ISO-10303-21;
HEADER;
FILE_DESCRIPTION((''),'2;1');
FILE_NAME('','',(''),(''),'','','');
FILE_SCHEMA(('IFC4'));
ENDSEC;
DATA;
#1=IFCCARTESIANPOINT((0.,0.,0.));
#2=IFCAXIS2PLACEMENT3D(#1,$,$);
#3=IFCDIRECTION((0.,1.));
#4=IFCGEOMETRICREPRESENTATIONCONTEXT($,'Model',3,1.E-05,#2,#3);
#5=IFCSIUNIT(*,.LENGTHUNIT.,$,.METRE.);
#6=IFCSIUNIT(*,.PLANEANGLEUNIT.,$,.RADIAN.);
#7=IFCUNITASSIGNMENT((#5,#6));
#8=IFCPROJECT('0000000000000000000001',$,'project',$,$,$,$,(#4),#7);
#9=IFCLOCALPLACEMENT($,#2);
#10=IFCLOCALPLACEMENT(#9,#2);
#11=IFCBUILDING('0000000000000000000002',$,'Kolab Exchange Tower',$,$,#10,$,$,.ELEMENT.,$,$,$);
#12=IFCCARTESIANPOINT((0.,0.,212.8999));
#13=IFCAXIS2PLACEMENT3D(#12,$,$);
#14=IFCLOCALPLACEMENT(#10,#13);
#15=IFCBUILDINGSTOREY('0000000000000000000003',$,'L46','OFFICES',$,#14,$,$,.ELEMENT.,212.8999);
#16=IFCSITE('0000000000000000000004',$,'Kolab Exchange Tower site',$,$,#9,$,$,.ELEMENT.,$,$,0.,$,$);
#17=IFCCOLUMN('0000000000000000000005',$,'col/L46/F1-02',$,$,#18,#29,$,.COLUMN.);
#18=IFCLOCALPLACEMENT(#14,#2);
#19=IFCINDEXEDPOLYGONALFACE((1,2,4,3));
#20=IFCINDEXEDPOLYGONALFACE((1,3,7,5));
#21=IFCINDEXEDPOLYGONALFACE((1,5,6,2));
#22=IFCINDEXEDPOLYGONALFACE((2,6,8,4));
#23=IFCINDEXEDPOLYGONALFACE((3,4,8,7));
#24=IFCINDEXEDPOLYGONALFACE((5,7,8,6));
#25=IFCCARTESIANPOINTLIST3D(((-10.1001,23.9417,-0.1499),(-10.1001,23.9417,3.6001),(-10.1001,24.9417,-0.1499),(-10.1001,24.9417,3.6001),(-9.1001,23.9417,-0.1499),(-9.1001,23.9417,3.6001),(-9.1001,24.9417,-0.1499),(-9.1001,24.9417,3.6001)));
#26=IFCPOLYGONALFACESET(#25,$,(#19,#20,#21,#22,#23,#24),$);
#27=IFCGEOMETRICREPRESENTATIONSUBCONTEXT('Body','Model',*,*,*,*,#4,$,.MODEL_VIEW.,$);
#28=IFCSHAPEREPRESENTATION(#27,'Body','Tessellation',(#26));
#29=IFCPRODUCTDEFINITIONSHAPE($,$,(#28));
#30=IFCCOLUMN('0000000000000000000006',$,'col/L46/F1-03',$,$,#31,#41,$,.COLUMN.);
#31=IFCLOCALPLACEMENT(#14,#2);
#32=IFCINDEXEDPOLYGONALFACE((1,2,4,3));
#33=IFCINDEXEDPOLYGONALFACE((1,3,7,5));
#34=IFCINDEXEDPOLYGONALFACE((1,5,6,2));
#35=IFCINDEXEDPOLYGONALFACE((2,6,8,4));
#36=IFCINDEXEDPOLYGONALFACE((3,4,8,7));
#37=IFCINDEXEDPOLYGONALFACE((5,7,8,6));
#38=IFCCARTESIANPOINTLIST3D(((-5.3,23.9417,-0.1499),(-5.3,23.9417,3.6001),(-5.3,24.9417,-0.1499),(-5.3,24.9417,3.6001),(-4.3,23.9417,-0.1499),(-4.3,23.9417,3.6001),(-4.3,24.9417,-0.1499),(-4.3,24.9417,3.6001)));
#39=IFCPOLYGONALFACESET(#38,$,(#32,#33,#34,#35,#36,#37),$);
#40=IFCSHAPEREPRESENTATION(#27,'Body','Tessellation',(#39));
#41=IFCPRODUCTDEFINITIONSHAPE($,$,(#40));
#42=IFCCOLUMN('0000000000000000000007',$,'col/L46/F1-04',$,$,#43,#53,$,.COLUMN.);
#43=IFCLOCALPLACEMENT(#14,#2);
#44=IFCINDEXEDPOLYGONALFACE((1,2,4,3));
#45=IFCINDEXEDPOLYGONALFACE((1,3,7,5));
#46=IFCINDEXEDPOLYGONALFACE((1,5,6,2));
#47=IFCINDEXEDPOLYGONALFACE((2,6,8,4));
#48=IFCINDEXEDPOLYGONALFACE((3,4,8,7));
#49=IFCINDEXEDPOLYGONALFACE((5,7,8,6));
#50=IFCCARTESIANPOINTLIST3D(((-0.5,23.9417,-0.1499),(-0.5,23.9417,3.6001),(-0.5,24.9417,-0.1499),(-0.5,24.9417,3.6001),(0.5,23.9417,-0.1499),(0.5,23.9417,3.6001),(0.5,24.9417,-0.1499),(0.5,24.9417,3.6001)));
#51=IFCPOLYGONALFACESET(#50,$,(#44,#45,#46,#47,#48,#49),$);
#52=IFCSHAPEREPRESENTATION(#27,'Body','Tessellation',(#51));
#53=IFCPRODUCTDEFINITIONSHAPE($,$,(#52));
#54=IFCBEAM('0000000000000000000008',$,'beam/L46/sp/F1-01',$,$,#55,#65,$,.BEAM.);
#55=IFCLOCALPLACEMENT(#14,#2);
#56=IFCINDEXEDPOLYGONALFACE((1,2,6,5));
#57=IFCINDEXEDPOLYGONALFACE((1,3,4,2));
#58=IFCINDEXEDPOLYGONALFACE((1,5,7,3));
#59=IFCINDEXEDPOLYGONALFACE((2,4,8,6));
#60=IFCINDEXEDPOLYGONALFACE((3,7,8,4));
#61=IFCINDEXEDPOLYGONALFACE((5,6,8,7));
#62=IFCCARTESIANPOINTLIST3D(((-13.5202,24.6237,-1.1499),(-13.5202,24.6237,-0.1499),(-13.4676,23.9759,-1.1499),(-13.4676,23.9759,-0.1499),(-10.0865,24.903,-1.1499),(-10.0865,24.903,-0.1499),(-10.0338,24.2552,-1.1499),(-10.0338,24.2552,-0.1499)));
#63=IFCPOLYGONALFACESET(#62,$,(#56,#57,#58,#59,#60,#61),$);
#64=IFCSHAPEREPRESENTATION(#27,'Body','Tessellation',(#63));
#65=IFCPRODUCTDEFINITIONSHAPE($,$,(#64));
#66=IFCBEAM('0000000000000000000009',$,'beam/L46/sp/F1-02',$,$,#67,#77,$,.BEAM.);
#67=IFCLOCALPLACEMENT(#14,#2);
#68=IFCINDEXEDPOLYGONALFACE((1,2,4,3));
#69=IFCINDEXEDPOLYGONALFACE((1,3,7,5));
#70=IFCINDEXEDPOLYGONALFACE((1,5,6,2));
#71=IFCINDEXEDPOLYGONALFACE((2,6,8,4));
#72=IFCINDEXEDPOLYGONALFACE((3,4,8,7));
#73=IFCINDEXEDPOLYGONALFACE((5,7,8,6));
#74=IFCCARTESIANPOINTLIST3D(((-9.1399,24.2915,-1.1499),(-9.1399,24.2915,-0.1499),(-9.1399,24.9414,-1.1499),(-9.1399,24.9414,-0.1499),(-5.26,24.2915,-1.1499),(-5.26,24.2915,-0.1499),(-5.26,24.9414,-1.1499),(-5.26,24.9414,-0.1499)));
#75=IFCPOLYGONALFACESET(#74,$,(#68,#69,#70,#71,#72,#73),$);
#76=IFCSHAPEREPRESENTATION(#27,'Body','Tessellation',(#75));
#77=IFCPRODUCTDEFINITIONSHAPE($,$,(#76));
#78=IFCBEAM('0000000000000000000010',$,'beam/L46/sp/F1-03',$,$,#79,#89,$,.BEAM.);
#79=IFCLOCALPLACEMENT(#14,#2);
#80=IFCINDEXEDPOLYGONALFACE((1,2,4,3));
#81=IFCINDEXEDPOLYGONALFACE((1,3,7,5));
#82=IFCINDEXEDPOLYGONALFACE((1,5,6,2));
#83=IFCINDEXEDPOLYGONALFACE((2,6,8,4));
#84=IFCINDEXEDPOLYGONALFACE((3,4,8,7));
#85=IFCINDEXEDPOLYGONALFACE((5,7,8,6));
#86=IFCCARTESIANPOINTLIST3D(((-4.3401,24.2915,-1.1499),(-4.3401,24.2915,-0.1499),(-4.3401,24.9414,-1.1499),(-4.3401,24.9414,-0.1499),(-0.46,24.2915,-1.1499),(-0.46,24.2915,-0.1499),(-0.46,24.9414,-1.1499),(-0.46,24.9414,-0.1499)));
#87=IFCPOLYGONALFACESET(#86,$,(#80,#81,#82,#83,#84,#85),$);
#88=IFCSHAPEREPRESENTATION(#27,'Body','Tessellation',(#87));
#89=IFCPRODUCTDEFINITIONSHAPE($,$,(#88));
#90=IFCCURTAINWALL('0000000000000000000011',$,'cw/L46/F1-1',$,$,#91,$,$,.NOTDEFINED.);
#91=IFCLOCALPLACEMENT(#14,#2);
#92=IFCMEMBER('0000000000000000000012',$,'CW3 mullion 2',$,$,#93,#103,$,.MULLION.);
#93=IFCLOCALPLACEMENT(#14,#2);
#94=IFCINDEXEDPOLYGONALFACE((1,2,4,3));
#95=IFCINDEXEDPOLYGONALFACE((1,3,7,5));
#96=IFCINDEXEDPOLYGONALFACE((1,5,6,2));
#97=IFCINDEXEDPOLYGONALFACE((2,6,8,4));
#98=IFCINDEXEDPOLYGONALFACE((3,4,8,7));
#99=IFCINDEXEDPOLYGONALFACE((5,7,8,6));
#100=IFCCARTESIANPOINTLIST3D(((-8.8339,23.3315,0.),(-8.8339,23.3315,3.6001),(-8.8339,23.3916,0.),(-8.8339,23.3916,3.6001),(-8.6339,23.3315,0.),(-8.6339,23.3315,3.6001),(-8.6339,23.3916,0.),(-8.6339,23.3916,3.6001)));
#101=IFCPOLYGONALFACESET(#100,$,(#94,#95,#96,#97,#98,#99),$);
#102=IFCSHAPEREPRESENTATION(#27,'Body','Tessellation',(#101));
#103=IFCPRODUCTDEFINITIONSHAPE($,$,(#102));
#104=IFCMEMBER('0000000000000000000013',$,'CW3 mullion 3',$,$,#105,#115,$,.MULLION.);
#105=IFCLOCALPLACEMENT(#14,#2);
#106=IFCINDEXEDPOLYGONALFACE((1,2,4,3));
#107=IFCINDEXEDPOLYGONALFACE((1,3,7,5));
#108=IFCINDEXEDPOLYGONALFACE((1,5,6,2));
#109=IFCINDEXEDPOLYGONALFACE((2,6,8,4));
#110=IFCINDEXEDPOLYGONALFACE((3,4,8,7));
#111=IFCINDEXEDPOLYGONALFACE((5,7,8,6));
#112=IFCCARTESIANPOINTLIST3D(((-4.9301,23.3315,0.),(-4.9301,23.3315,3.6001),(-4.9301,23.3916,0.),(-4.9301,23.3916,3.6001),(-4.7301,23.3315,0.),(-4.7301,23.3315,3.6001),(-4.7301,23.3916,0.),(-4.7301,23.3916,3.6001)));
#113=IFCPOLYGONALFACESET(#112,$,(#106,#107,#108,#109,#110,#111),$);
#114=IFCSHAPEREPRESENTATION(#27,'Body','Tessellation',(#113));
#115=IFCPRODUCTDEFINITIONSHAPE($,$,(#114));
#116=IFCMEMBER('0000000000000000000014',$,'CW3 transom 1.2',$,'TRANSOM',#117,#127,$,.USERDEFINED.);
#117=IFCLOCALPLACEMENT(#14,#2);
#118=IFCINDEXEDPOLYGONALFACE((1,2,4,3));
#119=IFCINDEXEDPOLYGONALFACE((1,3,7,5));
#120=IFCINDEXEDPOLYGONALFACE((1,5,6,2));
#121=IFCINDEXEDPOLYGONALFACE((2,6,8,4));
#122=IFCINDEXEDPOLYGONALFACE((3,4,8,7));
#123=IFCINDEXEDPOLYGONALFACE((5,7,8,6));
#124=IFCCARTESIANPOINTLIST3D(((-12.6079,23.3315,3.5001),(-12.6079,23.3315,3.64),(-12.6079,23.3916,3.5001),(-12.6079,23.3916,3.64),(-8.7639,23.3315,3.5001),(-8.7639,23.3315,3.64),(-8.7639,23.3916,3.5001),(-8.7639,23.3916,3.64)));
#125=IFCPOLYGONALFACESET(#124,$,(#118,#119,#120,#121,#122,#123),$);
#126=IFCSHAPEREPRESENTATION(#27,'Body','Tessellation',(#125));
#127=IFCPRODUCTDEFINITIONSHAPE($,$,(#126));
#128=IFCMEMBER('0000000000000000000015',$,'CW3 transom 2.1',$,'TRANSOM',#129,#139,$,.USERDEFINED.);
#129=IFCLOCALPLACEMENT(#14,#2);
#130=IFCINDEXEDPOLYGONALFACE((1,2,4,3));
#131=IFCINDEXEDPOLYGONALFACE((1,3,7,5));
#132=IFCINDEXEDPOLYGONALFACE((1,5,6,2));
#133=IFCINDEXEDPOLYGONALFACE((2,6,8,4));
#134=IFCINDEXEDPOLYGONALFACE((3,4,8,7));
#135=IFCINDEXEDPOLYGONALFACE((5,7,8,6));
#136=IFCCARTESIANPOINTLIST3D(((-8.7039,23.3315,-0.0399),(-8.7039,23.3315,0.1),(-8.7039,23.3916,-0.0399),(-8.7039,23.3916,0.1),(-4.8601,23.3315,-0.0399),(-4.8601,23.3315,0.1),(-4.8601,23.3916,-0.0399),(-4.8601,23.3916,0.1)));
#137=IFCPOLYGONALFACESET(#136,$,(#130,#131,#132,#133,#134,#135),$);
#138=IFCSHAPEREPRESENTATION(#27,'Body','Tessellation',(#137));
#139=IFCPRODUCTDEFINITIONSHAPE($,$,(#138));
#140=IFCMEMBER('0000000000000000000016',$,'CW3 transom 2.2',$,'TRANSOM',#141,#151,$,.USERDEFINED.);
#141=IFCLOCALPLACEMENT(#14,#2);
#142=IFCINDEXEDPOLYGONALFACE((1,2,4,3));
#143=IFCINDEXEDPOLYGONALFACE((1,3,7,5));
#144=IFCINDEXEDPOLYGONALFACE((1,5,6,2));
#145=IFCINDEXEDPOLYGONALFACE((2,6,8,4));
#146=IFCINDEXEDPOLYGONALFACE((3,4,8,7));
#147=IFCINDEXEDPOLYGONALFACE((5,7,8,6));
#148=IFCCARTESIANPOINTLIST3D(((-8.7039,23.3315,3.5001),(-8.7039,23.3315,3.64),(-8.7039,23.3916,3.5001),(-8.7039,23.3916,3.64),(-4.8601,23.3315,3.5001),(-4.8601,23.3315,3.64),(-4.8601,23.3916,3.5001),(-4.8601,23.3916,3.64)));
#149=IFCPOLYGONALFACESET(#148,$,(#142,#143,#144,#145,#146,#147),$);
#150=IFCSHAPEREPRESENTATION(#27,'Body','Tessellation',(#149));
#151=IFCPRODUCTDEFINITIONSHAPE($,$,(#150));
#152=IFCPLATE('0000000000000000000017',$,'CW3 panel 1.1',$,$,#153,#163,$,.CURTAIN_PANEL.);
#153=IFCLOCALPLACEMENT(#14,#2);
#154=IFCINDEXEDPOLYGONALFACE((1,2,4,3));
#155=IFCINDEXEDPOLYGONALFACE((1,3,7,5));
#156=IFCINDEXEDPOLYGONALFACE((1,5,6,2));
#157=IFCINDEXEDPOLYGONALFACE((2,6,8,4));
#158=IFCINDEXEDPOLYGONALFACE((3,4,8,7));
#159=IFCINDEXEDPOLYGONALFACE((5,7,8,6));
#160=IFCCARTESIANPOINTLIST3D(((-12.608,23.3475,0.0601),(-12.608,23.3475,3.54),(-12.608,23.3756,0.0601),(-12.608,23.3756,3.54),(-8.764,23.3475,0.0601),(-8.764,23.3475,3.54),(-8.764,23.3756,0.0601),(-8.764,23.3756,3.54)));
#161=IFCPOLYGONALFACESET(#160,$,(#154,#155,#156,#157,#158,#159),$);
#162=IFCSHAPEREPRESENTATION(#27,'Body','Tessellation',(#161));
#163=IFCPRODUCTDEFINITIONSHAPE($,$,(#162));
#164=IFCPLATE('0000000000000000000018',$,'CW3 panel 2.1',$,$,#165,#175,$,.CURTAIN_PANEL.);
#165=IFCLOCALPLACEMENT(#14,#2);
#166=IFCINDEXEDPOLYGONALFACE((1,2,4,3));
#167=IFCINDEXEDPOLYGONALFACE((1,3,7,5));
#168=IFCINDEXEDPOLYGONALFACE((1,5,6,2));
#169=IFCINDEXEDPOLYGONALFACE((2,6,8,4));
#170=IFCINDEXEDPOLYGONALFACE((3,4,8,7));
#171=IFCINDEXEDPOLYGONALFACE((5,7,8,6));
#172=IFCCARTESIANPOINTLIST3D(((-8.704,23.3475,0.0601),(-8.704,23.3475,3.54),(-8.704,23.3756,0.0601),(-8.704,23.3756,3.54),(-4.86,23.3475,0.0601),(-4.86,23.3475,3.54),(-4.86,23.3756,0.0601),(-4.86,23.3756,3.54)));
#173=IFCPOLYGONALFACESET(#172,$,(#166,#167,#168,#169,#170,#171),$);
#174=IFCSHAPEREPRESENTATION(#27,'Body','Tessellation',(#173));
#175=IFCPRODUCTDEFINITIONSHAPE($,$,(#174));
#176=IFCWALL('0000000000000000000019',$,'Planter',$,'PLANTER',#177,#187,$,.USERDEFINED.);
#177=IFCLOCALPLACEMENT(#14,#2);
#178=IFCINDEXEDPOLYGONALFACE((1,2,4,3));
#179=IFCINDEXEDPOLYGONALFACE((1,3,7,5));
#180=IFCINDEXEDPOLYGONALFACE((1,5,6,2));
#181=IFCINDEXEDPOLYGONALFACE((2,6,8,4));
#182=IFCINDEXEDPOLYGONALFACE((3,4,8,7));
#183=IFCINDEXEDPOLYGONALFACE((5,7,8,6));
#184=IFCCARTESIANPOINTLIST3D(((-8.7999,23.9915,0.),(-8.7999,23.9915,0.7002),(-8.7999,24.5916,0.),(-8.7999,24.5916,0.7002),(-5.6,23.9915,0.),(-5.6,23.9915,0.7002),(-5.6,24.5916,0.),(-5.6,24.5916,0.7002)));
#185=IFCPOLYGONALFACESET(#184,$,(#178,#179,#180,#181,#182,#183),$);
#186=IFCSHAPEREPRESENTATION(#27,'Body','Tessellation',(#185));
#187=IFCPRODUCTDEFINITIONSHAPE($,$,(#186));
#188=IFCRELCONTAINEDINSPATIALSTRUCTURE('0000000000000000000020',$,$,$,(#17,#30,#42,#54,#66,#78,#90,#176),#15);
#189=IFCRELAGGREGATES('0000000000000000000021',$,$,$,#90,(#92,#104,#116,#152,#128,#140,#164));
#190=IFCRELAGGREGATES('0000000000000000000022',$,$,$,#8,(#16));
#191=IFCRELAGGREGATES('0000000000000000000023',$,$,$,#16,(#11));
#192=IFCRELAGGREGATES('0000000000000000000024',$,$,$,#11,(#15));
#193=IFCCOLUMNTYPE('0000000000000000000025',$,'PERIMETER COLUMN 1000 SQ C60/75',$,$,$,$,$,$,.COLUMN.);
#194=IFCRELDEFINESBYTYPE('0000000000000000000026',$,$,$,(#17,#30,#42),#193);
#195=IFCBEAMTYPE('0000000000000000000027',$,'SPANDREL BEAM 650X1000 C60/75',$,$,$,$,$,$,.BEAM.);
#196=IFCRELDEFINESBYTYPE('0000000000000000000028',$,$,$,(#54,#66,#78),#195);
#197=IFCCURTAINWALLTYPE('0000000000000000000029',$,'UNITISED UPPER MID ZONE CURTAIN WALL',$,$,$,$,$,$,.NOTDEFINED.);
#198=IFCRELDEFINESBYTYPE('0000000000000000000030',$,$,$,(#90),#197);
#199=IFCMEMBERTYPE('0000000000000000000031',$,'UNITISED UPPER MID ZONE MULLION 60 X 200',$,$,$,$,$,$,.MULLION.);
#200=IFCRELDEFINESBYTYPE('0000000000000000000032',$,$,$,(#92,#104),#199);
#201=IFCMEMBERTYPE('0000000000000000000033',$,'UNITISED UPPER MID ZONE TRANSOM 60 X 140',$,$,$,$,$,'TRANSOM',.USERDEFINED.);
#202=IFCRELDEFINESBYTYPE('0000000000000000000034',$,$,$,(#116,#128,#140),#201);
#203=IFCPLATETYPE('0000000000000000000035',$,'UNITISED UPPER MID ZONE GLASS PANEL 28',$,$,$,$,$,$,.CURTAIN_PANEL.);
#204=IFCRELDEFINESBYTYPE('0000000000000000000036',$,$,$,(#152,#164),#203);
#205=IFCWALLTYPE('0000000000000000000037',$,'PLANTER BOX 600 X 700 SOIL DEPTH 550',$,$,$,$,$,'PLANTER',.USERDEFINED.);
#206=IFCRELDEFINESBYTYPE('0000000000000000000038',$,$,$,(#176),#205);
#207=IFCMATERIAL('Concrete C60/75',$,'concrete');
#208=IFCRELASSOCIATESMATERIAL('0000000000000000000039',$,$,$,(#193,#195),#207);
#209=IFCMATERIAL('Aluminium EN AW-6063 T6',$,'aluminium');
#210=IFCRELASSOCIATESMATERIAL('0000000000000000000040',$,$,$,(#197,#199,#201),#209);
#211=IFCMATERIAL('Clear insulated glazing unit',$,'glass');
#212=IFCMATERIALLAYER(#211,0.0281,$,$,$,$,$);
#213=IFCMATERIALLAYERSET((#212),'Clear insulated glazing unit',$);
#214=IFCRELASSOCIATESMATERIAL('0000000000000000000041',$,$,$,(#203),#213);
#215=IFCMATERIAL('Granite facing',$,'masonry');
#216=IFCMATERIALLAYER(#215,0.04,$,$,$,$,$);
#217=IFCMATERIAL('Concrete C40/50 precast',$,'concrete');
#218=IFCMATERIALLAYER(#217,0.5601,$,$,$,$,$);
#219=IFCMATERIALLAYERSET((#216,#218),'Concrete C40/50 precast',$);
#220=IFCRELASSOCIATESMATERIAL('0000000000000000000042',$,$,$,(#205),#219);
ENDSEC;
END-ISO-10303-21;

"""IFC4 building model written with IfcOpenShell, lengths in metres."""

from ifc_helpers import new_model, si_unit, direction, frame, frame_2d, origin, origin_2d, place, context, subcontext, project, spatial, rectangle, extrude, material, layer, layer_set, material_profile, profile_set, type_object, element, aggregate, save


model = new_model("IFC4")

# Units and contexts
model_context = context("Model", 3, precision=1e-05, world=origin(), true_north=direction((0.0, 1.0)))
body_context = subcontext(model_context, "Body", "Model", "MODEL_VIEW")
ifc_project = project(units=[si_unit("LENGTHUNIT", "METRE"), si_unit("PLANEANGLEUNIT", "RADIAN")], contexts=[model_context])

# Site, building, storey
site_placement = place(None, origin())
site = spatial("IfcSite", under=ifc_project, at=site_placement, Name="Kolab Exchange Tower site", CompositionType="ELEMENT", RefElevation=0.0)
building_placement = place(site_placement, origin())
building = spatial("IfcBuilding", under=site, at=building_placement, Name="Kolab Exchange Tower", CompositionType="ELEMENT")
storey_placement = place(building_placement, frame((0.0, 0.0, 212.8999)))
storey = spatial("IfcBuildingStorey", under=building, at=storey_placement, Name="L46", Description="OFFICES", CompositionType="ELEMENT", Elevation=212.8999)

# Columns
ifc_material_1 = material(Name="Concrete C60/75", Category="concrete")
ifc_material_profile_1 = material_profile(ifc_material_1, rectangle(XDim=1.0, YDim=1.0, at=origin_2d()), Name="RC1000")
ifc_profile_set_1 = profile_set([ifc_material_profile_1], Name="Concrete C60/75")
column_type = type_object("IfcColumnType", Name="PERIMETER COLUMN 1000 SQ C60/75", PredefinedType="COLUMN", material=ifc_profile_set_1)
for number, where, z_axis, x_axis, name in (
    (1, (-9.6001, 24.4417, -0.1499), (0.0, 0.0, 1.0), (1.0, 0.0, 0.0), "col/L46/F1-02"),
    (2, (-4.8, 24.4417, -0.1499), (0.0, 0.0, 1.0), (1.0, 0.0, 0.0), "col/L46/F1-03"),
    (3, (0.0, 24.4417, -0.1499), (0.0, 0.0, 1.0), (1.0, 0.0, 0.0), "col/L46/F1-04"),
):
    element("IfcColumn", number, at=place(storey_placement, frame(where, z_axis=z_axis, x_axis=x_axis)), inside=storey, type_object=column_type, Name=name, PredefinedType="COLUMN", context=body_context, shape_type="SweptSolid", body=[
        extrude(rectangle(XDim=1.0, YDim=1.0, at=origin_2d()), origin(), (0.0, 0.0, 1.0), 3.75),
    ])

# Beams
ifc_material_profile_2 = material_profile(ifc_material_1, rectangle(XDim=0.6499, YDim=1.0, at=origin_2d()), Name="RC650X1000")
ifc_profile_set_2 = profile_set([ifc_material_profile_2], Name="Concrete C60/75")
beam_type = type_object("IfcBeamType", Name="SPANDREL BEAM 650X1000 C60/75", PredefinedType="BEAM", material=ifc_profile_set_2)
beam_1_placement = place(storey_placement, frame((-13.4939, 24.2998, -0.6499), z_axis=(0.996708, 0.081069, 0.0), x_axis=(-0.081069, 0.996708, 0.0)))
element("IfcBeam", 4, at=beam_1_placement, inside=storey, type_object=beam_type, Name="beam/L46/sp/F1-01", PredefinedType="BEAM", context=body_context, shape_type="SweptSolid", body=[
    extrude(rectangle(XDim=0.6499, YDim=1.0, at=origin_2d()), origin(), (0.0, 0.0, 1.0), 3.4451),
])
beam_2_placement = place(storey_placement, frame((-9.1399, 24.6165, -0.6499), z_axis=(1.0, 0.0, 0.0), x_axis=(0.0, 1.0, 0.0)))
element("IfcBeam", 5, at=beam_2_placement, inside=storey, type_object=beam_type, Name="beam/L46/sp/F1-02", PredefinedType="BEAM", context=body_context, shape_type="SweptSolid", body=[
    extrude(rectangle(XDim=0.6499, YDim=1.0, at=origin_2d()), origin(), (0.0, 0.0, 1.0), 3.8799),
])
beam_3_placement = place(storey_placement, frame((-4.3401, 24.6165, -0.6499), z_axis=(1.0, 0.0, 0.0), x_axis=(0.0, 1.0, 0.0)))
element("IfcBeam", 6, at=beam_3_placement, inside=storey, type_object=beam_type, Name="beam/L46/sp/F1-03", PredefinedType="BEAM", context=body_context, shape_type="SweptSolid", body=[
    extrude(rectangle(XDim=0.6499, YDim=1.0, at=origin_2d()), origin(), (0.0, 0.0, 1.0), 3.8801),
])

# Curtain wall, members, plates
ifc_material_2 = material(Name="Aluminium EN AW-6063 T6", Category="aluminium")
curtain_wall_type = type_object("IfcCurtainWallType", Name="UNITISED UPPER MID ZONE CURTAIN WALL", PredefinedType="NOTDEFINED", material=ifc_material_2)
curtain_wall_placement = place(storey_placement, origin())
curtain_wall = element("IfcCurtainWall", 7, at=curtain_wall_placement, inside=storey, type_object=curtain_wall_type, Name="cw/L46/F1-1", PredefinedType="NOTDEFINED")
ifc_material_profile_3 = material_profile(ifc_material_2, rectangle(XDim=0.0601, YDim=0.2, at=origin_2d()), Name="RECT 60X200")
ifc_profile_set_3 = profile_set([ifc_material_profile_3], Name="Aluminium EN AW-6063 T6")
member_type_1 = type_object("IfcMemberType", Name="UNITISED UPPER MID ZONE MULLION 60 X 200", PredefinedType="MULLION", material=ifc_profile_set_3)
member_1_placement = place(storey_placement, frame((-8.7339, 23.3616, 0.0), z_axis=(0.0, 0.0, 1.0), x_axis=(0.0, 1.0, 0.0)))
member_1 = element("IfcMember", 8, at=member_1_placement, type_object=member_type_1, Name="CW3 mullion 2", PredefinedType="MULLION", context=body_context, shape_type="SweptSolid", body=[
    extrude(rectangle(XDim=0.0601, YDim=0.2, at=origin_2d()), origin(), (0.0, 0.0, 1.0), 3.6001),
])
member_2_placement = place(storey_placement, frame((-4.8301, 23.3616, 0.0), z_axis=(0.0, 0.0, 1.0), x_axis=(0.0, 1.0, 0.0)))
member_2 = element("IfcMember", 9, at=member_2_placement, type_object=member_type_1, Name="CW3 mullion 3", PredefinedType="MULLION", context=body_context, shape_type="SweptSolid", body=[
    extrude(rectangle(XDim=0.0601, YDim=0.2, at=origin_2d()), origin(), (0.0, 0.0, 1.0), 3.6001),
])
ifc_material_profile_4 = material_profile(ifc_material_2, rectangle(XDim=0.0601, YDim=0.1399, at=origin_2d()), Name="RECT 60X140")
ifc_profile_set_4 = profile_set([ifc_material_profile_4], Name="Aluminium EN AW-6063 T6")
member_type_2 = type_object("IfcMemberType", Name="UNITISED UPPER MID ZONE TRANSOM 60 X 140", ElementType="TRANSOM", PredefinedType="USERDEFINED", material=ifc_profile_set_4)
member_3_placement = place(storey_placement, frame((-12.6079, 23.3616, 3.5701), z_axis=(1.0, 0.0, 0.0), x_axis=(0.0, 1.0, 0.0)))
member_3 = element("IfcMember", 10, at=member_3_placement, type_object=member_type_2, Name="CW3 transom 1.2", ObjectType="TRANSOM", PredefinedType="USERDEFINED", context=body_context, shape_type="SweptSolid", body=[
    extrude(rectangle(XDim=0.0601, YDim=0.1399, at=origin_2d()), origin(), (0.0, 0.0, 1.0), 3.844),
])
member_4_placement = place(storey_placement, frame((-8.7039, 23.3616, 0.03), z_axis=(1.0, 0.0, 0.0), x_axis=(0.0, 1.0, 0.0)))
member_4 = element("IfcMember", 11, at=member_4_placement, type_object=member_type_2, Name="CW3 transom 2.1", ObjectType="TRANSOM", PredefinedType="USERDEFINED", context=body_context, shape_type="SweptSolid", body=[
    extrude(rectangle(XDim=0.0601, YDim=0.1399, at=origin_2d()), origin(), (0.0, 0.0, 1.0), 3.8438),
])
member_5_placement = place(storey_placement, frame((-8.7039, 23.3616, 3.5701), z_axis=(1.0, 0.0, 0.0), x_axis=(0.0, 1.0, 0.0)))
member_5 = element("IfcMember", 12, at=member_5_placement, type_object=member_type_2, Name="CW3 transom 2.2", ObjectType="TRANSOM", PredefinedType="USERDEFINED", context=body_context, shape_type="SweptSolid", body=[
    extrude(rectangle(XDim=0.0601, YDim=0.1399, at=origin_2d()), origin(), (0.0, 0.0, 1.0), 3.8438),
])
ifc_material_3 = material(Name="Clear insulated glazing unit", Category="glass")
ifc_layer_1 = layer(ifc_material_3, 0.0281)
ifc_layer_set_1 = layer_set([ifc_layer_1], Name="Clear insulated glazing unit")
plate_type = type_object("IfcPlateType", Name="UNITISED UPPER MID ZONE GLASS PANEL 28", PredefinedType="CURTAIN_PANEL", material=ifc_layer_set_1)
plate_1_placement = place(storey_placement, frame((-10.686, 23.3616, 0.0601), z_axis=(0.0, 0.0, 1.0), x_axis=(1.0, 0.0, 0.0)))
plate_1 = element("IfcPlate", 13, at=plate_1_placement, type_object=plate_type, Name="CW3 panel 1.1", PredefinedType="CURTAIN_PANEL", context=body_context, shape_type="SweptSolid", body=[
    extrude(rectangle(XDim=3.844, YDim=0.0281, at=origin_2d()), origin(), (0.0, 0.0, 1.0), 3.48),
])
plate_2_placement = place(storey_placement, frame((-6.782, 23.3616, 0.0601), z_axis=(0.0, 0.0, 1.0), x_axis=(1.0, 0.0, 0.0)))
plate_2 = element("IfcPlate", 14, at=plate_2_placement, type_object=plate_type, Name="CW3 panel 2.1", PredefinedType="CURTAIN_PANEL", context=body_context, shape_type="SweptSolid", body=[
    extrude(rectangle(XDim=3.844, YDim=0.0281, at=origin_2d()), origin(), (0.0, 0.0, 1.0), 3.48),
])
aggregate(curtain_wall, [member_1, member_2, member_3, plate_1, member_4, member_5, plate_2])

# Wall
ifc_material_4 = material(Name="Granite facing", Category="masonry")
ifc_layer_2 = layer(ifc_material_4, 0.04)
ifc_material_5 = material(Name="Concrete C40/50 precast", Category="concrete")
ifc_layer_3 = layer(ifc_material_5, 0.5601)
ifc_layer_set_2 = layer_set([ifc_layer_2, ifc_layer_3], Name="Concrete C40/50 precast")
wall_type_1 = type_object("IfcWallType", Name="PLANTER BOX 600 X 700 SOIL DEPTH 550", ElementType="PLANTER", PredefinedType="USERDEFINED", material=ifc_layer_set_2)
wall_1_placement = place(storey_placement, frame((-8.8, 24.2915, 0.0), z_axis=(0.0, 0.0, 1.0), x_axis=(1.0, 0.0, 0.0)))
element("IfcWall", 15, at=wall_1_placement, inside=storey, type_object=wall_type_1, Name="Planter", ObjectType="PLANTER", PredefinedType="USERDEFINED", context=body_context, shape_type="SweptSolid", body=[
    extrude(rectangle(XDim=3.2, YDim=0.6001, at=frame_2d((1.6001, 0.0))), origin(), (0.0, 0.0, 1.0), 0.7002),
])

save(model, "model.ifc")
